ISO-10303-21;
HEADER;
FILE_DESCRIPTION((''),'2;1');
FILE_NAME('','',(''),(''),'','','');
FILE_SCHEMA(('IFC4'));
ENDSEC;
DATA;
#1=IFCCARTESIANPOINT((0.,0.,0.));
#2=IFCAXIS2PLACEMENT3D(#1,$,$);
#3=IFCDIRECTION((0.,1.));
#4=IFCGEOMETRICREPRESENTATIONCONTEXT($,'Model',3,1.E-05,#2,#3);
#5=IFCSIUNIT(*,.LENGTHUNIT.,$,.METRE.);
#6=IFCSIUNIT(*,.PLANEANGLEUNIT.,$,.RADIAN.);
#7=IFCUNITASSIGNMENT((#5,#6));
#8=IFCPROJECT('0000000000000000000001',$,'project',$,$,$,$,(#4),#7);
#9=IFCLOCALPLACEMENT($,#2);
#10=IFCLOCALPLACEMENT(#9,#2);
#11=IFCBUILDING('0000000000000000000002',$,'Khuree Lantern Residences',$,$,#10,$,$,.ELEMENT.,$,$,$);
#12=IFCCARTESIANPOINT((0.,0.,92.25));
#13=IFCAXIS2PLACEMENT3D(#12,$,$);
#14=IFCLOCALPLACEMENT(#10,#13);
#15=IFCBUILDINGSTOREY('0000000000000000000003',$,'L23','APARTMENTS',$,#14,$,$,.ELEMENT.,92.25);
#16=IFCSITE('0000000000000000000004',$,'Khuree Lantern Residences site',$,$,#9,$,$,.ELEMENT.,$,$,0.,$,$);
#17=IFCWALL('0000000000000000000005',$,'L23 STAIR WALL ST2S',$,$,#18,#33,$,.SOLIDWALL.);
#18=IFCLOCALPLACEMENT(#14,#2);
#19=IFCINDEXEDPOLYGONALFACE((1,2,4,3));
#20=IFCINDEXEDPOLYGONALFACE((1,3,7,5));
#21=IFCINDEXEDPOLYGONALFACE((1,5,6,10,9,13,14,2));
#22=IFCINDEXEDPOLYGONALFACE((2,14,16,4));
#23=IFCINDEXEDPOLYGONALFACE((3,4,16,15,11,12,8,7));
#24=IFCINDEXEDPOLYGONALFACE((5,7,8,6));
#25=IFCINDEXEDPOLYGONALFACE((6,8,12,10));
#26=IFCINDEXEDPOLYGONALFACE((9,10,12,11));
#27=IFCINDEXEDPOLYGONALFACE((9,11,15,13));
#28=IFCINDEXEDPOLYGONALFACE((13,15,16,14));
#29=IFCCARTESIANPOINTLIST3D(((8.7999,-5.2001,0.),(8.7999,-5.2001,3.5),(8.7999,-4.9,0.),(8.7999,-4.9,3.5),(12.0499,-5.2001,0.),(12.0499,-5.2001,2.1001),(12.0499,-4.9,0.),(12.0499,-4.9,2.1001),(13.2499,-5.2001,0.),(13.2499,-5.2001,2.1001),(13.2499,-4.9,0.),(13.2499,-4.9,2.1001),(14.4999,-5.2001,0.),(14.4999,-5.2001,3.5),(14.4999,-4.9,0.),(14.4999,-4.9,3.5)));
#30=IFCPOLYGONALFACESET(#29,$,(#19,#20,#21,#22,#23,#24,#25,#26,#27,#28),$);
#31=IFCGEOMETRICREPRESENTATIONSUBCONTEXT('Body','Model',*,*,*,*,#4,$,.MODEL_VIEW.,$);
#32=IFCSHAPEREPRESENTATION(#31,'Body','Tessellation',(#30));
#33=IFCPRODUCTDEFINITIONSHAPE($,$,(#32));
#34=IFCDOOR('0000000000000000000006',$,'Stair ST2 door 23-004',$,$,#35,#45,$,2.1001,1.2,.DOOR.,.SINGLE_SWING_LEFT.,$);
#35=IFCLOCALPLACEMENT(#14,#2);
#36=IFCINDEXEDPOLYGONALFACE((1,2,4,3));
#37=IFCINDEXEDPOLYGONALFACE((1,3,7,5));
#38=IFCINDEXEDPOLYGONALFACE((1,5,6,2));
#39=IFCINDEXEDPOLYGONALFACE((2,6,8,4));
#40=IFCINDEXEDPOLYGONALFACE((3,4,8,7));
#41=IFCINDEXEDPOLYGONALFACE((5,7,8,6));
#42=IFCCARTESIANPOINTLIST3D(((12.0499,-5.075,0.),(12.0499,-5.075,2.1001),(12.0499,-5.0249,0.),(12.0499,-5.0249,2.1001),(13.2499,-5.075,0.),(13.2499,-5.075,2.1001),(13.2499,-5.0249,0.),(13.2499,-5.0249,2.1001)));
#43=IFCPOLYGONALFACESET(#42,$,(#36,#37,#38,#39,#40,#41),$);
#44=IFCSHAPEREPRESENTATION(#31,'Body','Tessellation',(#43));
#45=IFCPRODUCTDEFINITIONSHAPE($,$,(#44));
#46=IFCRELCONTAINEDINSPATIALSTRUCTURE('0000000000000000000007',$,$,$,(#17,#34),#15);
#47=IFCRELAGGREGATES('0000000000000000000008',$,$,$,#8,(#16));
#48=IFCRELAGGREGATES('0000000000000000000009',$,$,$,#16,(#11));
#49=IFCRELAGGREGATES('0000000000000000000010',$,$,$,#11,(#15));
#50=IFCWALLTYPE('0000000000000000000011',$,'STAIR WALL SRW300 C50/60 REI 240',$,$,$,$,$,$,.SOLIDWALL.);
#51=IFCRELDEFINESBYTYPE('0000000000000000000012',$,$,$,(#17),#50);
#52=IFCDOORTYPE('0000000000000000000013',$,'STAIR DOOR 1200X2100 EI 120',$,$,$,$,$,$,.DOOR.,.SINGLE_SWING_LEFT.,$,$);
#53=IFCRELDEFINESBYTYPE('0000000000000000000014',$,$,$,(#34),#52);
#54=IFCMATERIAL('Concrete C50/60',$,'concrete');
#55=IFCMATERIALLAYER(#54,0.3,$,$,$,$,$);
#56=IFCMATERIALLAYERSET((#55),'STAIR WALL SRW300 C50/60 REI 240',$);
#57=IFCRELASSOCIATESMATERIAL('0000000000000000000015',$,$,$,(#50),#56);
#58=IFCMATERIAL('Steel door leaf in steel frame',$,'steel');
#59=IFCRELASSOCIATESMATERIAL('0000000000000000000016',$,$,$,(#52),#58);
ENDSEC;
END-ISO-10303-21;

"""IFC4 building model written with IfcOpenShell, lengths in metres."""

from ifc_helpers import new_model, si_unit, direction, frame, frame_2d, origin, place, context, subcontext, project, spatial, rectangle, extrude, material, layer, layer_set, type_object, element, fill, save


model = new_model("IFC4")

# Units and contexts
model_context = context("Model", 3, precision=1e-05, world=origin(), true_north=direction((0.0, 1.0)))
body_context = subcontext(model_context, "Body", "Model", "MODEL_VIEW")
ifc_project = project(units=[si_unit("LENGTHUNIT", "METRE"), si_unit("PLANEANGLEUNIT", "RADIAN")], contexts=[model_context])

# Site, building, storey
site_placement = place(None, origin())
site = spatial("IfcSite", under=ifc_project, at=site_placement, Name="Khuree Lantern Residences site", CompositionType="ELEMENT", RefElevation=0.0)
building_placement = place(site_placement, origin())
building = spatial("IfcBuilding", under=site, at=building_placement, Name="Khuree Lantern Residences", CompositionType="ELEMENT")
storey_placement = place(building_placement, frame((0.0, 0.0, 92.25)))
storey = spatial("IfcBuildingStorey", under=building, at=storey_placement, Name="L23", Description="APARTMENTS", CompositionType="ELEMENT", Elevation=92.25)

# Shared definitions
ifc_material_1 = material(Name="Concrete C50/60", Category="concrete")
ifc_layer_1 = layer(ifc_material_1, 0.3)
ifc_layer_set_1 = layer_set([ifc_layer_1], Name="STAIR WALL SRW300 C50/60 REI 240")
wall_type_1 = type_object("IfcWallType", Name="STAIR WALL SRW300 C50/60 REI 240", PredefinedType="SOLIDWALL", material=ifc_layer_set_1)

# Wall, opening, door
wall_1_placement = place(storey_placement, frame((14.5, -5.05, 0.0), z_axis=(0.0, 0.0, 1.0), x_axis=(-1.0, 0.0, 0.0)))
wall_1 = element("IfcWall", 1, at=wall_1_placement, inside=storey, type_object=wall_type_1, Name="L23 STAIR WALL ST2S", PredefinedType="SOLIDWALL", context=body_context, shape_type="SweptSolid", body=[
    extrude(rectangle(XDim=5.7, YDim=0.3, at=frame_2d((2.8501, 0.0))), origin(), (0.0, 0.0, 1.0), 3.5),
])
opening_1_placement = place(wall_1_placement, frame((1.25, 0.0, 0.0)))
opening_1 = element("IfcOpeningElement", 2, at=opening_1_placement, cuts=wall_1, PredefinedType="OPENING", context=body_context, shape_type="SweptSolid", body=[
    extrude(rectangle(XDim=1.2, YDim=2.1001, at=frame_2d((0.6001, 1.05))), frame((0.0, 0.1602, 0.0), z_axis=(0.0, -1.0, 0.0), x_axis=(1.0, 0.0, 0.0)), (0.0, 0.0, 1.0), 0.3201),
])
ifc_material_2 = material(Name="Steel door leaf in steel frame", Category="steel")
door_type_1 = type_object("IfcDoorType", Name="STAIR DOOR 1200X2100 EI 120", OperationType="SINGLE_SWING_LEFT", PredefinedType="DOOR", material=ifc_material_2)
door_1_placement = place(opening_1_placement, origin())
door_1 = element("IfcDoor", 3, at=door_1_placement, inside=storey, type_object=door_type_1, Name="Stair ST2 door 23-004", OperationType="SINGLE_SWING_LEFT", OverallHeight=2.1001, OverallWidth=1.2, PredefinedType="DOOR", context=body_context, shape_type="SweptSolid", body=[
    extrude(rectangle(XDim=1.2, YDim=2.1001, at=frame_2d((0.6001, 1.05))), frame((0.0, 0.0249, 0.0), z_axis=(0.0, -1.0, 0.0), x_axis=(1.0, 0.0, 0.0)), (0.0, 0.0, 1.0), 0.05),
])
fill(opening_1, door_1)

save(model, "model.ifc")
